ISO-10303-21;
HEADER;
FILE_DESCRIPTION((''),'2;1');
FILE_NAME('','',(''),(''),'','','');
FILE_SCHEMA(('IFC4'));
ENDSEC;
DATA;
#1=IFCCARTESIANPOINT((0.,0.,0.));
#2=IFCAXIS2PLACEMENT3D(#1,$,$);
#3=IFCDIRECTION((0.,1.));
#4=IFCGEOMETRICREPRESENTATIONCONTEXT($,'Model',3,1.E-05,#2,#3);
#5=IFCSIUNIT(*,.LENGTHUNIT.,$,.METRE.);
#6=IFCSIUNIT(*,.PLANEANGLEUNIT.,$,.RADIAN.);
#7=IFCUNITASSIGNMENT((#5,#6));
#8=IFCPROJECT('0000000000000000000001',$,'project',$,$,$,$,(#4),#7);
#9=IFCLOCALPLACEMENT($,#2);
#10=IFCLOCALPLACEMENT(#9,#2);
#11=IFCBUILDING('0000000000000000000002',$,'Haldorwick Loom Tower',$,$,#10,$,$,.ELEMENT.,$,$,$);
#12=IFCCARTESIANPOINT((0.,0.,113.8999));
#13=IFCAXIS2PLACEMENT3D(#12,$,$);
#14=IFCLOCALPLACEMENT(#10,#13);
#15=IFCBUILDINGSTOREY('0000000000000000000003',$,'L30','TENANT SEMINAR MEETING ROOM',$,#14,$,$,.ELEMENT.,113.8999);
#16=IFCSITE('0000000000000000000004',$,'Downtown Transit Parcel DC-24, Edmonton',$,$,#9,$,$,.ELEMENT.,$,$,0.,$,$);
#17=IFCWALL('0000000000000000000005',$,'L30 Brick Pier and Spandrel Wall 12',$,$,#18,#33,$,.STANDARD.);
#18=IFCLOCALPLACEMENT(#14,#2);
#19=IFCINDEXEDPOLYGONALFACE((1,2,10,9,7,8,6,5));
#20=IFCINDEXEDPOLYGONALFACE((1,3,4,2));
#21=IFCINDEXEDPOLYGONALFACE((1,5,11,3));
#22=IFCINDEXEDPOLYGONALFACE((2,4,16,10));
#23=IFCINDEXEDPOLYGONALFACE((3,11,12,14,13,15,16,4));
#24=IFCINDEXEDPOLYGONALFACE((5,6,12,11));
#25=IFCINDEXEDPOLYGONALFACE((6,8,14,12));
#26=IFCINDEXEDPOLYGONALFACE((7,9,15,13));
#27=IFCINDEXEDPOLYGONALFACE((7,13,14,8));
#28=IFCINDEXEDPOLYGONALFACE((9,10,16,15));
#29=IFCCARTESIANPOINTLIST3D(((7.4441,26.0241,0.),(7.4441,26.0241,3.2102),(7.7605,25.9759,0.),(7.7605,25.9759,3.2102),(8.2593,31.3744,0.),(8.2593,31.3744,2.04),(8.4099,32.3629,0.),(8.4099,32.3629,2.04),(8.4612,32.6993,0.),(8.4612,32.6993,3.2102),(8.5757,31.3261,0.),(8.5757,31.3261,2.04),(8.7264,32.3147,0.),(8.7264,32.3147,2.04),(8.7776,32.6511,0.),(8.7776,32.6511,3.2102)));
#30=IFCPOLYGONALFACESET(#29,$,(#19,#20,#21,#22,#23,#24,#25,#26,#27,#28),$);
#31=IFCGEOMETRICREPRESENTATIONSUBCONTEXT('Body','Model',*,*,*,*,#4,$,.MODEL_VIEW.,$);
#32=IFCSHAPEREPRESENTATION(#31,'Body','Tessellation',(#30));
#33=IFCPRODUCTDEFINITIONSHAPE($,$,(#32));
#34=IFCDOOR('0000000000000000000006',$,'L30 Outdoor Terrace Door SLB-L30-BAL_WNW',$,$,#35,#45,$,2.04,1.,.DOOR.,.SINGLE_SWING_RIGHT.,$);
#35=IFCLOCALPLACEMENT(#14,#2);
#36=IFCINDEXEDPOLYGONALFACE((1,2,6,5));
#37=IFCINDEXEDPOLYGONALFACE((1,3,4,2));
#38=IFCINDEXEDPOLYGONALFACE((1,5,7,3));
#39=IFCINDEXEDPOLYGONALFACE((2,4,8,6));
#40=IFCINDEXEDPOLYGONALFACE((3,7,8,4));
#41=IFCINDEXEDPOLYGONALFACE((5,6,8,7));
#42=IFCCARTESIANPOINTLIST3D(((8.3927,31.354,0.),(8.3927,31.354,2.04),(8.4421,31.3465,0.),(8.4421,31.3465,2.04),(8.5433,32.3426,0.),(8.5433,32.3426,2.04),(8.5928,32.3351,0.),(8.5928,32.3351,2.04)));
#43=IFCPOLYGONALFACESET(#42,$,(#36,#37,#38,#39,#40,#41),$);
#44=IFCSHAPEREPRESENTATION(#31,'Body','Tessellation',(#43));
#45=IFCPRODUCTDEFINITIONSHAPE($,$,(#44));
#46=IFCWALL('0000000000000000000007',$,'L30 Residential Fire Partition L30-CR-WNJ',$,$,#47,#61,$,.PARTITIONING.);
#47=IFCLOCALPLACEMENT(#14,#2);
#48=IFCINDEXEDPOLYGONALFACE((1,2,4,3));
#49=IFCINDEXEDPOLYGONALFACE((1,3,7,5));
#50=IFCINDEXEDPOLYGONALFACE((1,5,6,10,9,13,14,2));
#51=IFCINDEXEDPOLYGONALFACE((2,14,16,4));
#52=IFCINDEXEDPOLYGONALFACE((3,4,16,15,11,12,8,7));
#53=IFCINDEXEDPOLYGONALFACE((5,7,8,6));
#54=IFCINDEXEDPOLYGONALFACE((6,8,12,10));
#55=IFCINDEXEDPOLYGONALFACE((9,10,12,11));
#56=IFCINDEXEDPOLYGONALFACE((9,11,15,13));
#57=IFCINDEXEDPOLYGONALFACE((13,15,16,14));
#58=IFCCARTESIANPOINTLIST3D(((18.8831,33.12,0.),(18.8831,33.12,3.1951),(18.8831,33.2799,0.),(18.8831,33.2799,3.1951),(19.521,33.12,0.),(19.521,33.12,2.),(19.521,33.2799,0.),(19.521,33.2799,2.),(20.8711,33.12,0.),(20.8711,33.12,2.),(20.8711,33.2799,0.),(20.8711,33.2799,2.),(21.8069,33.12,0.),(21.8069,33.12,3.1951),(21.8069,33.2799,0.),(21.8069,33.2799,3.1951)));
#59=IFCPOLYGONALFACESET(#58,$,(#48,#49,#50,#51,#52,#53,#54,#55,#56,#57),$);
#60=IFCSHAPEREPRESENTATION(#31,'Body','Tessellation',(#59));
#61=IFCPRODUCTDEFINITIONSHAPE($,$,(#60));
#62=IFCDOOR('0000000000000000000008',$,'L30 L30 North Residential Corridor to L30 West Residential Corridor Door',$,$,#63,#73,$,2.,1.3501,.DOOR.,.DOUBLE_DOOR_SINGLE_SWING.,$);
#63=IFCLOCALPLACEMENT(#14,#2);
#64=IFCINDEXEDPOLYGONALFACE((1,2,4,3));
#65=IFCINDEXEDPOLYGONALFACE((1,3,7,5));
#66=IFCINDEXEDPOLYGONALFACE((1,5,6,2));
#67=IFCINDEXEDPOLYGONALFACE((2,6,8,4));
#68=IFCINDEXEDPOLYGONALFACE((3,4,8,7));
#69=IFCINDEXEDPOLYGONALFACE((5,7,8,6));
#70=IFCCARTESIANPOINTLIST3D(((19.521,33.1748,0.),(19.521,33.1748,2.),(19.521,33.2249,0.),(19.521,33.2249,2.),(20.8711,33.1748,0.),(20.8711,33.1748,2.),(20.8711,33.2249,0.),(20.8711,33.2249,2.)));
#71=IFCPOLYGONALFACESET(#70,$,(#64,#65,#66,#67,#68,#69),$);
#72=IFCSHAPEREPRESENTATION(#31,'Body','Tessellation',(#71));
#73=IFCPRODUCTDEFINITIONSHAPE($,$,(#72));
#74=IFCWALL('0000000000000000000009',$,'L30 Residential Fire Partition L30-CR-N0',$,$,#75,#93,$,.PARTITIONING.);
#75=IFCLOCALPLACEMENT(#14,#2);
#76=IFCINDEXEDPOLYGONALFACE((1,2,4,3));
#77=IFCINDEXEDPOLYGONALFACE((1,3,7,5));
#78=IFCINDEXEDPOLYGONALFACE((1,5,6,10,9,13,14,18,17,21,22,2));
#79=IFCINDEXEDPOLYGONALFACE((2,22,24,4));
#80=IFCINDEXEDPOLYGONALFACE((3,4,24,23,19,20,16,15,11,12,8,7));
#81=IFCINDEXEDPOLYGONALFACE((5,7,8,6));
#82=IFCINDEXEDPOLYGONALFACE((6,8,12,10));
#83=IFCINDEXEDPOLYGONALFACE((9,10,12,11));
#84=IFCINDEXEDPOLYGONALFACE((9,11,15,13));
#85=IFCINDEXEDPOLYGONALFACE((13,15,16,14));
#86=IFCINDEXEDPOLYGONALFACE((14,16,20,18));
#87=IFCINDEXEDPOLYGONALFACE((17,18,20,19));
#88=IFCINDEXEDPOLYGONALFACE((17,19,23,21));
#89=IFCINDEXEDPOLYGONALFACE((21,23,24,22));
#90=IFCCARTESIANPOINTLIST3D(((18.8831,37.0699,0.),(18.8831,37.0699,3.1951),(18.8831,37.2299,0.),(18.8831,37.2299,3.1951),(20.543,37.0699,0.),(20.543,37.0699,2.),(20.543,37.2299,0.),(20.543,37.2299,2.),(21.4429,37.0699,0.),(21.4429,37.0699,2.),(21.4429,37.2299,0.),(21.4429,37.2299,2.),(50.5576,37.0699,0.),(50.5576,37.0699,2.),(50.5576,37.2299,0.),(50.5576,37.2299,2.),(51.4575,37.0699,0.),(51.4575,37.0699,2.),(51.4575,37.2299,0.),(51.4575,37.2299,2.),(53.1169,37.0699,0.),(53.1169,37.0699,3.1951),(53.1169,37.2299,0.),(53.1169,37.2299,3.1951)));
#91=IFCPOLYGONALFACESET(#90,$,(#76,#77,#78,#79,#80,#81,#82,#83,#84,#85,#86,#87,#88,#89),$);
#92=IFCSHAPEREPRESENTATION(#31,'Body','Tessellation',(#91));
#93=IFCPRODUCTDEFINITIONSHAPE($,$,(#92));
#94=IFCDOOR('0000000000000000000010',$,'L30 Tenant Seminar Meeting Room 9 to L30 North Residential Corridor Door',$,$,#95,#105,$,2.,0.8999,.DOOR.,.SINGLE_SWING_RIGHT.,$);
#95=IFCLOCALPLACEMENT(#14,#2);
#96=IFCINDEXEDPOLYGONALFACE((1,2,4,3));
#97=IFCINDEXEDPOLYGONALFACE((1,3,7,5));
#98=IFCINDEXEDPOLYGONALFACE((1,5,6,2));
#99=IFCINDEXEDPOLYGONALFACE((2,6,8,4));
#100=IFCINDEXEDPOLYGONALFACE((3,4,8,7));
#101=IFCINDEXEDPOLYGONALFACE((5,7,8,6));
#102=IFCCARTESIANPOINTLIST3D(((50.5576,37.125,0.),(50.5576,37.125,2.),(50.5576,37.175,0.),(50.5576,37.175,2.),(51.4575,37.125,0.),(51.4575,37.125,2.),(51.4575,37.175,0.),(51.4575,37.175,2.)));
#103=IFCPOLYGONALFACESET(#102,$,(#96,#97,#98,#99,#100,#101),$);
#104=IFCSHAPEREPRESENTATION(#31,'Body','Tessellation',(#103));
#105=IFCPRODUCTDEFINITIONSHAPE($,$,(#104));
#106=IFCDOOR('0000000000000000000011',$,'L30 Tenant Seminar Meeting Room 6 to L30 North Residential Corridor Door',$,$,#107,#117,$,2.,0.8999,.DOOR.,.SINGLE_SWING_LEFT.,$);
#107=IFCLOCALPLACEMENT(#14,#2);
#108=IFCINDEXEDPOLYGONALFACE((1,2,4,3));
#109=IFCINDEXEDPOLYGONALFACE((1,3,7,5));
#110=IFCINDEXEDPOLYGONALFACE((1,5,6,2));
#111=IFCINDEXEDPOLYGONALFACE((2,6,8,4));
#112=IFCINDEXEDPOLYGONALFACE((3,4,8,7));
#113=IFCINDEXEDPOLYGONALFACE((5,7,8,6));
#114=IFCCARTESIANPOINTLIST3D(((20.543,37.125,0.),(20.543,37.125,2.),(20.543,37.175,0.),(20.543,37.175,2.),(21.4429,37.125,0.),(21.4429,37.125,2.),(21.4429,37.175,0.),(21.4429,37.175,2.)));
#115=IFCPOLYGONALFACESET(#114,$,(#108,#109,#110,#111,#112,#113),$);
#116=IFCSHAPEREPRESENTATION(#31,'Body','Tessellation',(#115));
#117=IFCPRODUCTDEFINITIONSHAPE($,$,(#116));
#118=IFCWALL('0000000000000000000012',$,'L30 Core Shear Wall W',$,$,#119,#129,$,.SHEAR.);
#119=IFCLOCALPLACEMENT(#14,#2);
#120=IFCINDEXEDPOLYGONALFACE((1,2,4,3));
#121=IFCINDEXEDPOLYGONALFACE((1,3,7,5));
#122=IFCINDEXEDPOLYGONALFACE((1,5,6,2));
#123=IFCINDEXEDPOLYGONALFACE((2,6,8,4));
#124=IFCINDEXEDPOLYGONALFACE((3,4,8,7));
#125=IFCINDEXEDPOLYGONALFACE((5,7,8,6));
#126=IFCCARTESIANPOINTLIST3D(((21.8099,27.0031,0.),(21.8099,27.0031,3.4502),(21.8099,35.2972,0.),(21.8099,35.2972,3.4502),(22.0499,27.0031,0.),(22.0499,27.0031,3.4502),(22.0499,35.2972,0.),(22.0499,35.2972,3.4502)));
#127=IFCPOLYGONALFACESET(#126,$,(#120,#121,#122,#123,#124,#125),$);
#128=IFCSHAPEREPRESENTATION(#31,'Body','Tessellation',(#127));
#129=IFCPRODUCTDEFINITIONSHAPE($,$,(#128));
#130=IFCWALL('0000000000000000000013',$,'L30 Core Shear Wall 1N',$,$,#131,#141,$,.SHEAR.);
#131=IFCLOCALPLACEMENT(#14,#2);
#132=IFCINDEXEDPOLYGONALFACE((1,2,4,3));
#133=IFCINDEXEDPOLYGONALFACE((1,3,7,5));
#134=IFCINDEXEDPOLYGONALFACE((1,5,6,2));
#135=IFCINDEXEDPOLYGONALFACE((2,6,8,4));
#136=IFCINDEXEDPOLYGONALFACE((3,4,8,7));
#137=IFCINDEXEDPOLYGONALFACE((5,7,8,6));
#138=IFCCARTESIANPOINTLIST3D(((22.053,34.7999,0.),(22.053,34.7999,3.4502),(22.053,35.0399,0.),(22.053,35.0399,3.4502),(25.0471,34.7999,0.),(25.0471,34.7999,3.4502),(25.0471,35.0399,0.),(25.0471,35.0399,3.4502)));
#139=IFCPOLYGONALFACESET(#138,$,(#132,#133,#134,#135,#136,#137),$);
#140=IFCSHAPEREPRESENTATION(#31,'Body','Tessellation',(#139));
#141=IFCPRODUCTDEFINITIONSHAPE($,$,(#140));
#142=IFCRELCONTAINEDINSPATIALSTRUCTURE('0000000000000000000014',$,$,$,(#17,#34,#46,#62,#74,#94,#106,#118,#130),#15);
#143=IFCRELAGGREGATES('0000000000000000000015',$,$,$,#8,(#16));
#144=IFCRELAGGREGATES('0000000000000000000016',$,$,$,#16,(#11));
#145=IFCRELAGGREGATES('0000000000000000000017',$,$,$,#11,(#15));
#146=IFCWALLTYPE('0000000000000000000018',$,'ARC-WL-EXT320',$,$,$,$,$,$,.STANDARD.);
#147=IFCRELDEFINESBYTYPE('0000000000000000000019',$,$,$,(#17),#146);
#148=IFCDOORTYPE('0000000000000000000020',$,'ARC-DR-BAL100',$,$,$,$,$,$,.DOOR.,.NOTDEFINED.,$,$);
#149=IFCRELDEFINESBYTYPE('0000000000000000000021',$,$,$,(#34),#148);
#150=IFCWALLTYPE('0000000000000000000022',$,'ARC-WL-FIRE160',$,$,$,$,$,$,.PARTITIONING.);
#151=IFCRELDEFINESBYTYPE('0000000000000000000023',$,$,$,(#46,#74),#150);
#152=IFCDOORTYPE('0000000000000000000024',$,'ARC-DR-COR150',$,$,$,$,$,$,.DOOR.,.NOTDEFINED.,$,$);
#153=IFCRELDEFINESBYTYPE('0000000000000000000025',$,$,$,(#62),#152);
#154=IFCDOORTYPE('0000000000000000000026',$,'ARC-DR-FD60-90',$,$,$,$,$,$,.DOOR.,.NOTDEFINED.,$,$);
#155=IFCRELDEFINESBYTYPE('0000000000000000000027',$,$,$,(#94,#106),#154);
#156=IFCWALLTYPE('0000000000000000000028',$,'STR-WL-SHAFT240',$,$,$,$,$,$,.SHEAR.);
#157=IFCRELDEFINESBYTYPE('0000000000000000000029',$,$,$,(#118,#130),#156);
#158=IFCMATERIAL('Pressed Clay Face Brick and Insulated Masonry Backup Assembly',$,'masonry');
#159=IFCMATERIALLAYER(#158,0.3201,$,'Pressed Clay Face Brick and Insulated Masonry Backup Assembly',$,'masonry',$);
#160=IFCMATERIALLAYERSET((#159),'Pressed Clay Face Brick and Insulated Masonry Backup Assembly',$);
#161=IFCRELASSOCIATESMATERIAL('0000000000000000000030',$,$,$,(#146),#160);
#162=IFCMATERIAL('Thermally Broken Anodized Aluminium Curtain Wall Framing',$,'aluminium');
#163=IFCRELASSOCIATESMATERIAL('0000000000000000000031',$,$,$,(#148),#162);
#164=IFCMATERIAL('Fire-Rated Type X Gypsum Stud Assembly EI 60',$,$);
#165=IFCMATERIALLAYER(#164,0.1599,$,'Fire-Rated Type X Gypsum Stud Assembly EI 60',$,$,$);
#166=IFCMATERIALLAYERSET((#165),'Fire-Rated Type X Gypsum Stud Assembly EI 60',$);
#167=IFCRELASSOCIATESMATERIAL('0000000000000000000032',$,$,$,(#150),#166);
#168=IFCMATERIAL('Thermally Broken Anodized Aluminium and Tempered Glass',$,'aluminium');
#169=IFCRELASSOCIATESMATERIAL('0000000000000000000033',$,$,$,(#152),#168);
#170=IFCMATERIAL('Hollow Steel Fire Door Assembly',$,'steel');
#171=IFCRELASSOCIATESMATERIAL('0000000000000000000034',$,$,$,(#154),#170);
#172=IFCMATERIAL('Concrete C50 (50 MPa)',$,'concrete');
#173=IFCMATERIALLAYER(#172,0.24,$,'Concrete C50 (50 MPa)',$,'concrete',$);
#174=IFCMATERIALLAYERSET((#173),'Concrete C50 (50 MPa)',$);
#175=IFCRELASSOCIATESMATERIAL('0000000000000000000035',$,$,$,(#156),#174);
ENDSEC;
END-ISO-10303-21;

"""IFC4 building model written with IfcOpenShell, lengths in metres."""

from ifc_helpers import new_model, si_unit, direction, frame, frame_2d, origin, place, context, subcontext, project, spatial, rectangle, extrude, material, layer, layer_set, type_object, element, fill, save


model = new_model("IFC4")

# Units and contexts
model_context = context("Model", 3, precision=1e-05, world=origin(), true_north=direction((0.0, 1.0)))
body_context = subcontext(model_context, "Body", "Model", "MODEL_VIEW")
ifc_project = project(units=[si_unit("LENGTHUNIT", "METRE"), si_unit("PLANEANGLEUNIT", "RADIAN")], contexts=[model_context])

# Site, building, storey
site_placement = place(None, origin())
site = spatial("IfcSite", under=ifc_project, at=site_placement, Name="Downtown Transit Parcel DC-24, Edmonton", CompositionType="ELEMENT", RefElevation=0.0)
building_placement = place(site_placement, origin())
building = spatial("IfcBuilding", under=site, at=building_placement, Name="Haldorwick Loom Tower", CompositionType="ELEMENT")
storey_placement = place(building_placement, frame((0.0, 0.0, 113.8999)))
storey = spatial("IfcBuildingStorey", under=building, at=storey_placement, Name="L30", Description="TENANT SEMINAR MEETING ROOM", CompositionType="ELEMENT", Elevation=113.8999)

# Shared definitions
ifc_material_1 = material(Name="Pressed Clay Face Brick and Insulated Masonry Backup Assembly", Category="masonry")
ifc_layer_1 = layer(ifc_material_1, 0.3201, Name="Pressed Clay Face Brick and Insulated Masonry Backup Assembly", Category="masonry")
ifc_layer_set_1 = layer_set([ifc_layer_1], Name="Pressed Clay Face Brick and Insulated Masonry Backup Assembly")
wall_type_1 = type_object("IfcWallType", Name="ARC-WL-EXT320", PredefinedType="STANDARD", material=ifc_layer_set_1)

# Walls, openings, doors
wall_1_placement = place(storey_placement, frame((8.6194, 32.675, 0.0), z_axis=(0.0, 0.0, 1.0), x_axis=(-0.150633, -0.98859, 0.0)))
wall_1 = element("IfcWall", 1, at=wall_1_placement, inside=storey, type_object=wall_type_1, Name="L30 Brick Pier and Spandrel Wall 12", PredefinedType="STANDARD", context=body_context, shape_type="SweptSolid", body=[
    extrude(rectangle(XDim=6.7522, YDim=0.3201, at=frame_2d((3.376, 0.0))), origin(), (0.0, 0.0, 1.0), 3.2102),
])
opening_1_placement = place(wall_1_placement, frame((0.3401, 0.0, 0.0)))
opening_1 = element("IfcOpeningElement", 2, at=opening_1_placement, cuts=wall_1, PredefinedType="OPENING", context=body_context, shape_type="SweptSolid", body=[
    extrude(rectangle(XDim=1.0, YDim=2.04, at=frame_2d((0.5, 1.02))), frame((0.0, 0.1699, 0.0), z_axis=(0.0, -1.0, 0.0), x_axis=(1.0, 0.0, 0.0)), (0.0, 0.0, 1.0), 0.3401),
])
ifc_material_2 = material(Name="Thermally Broken Anodized Aluminium Curtain Wall Framing", Category="aluminium")
door_type_1 = type_object("IfcDoorType", Name="ARC-DR-BAL100", OperationType="NOTDEFINED", PredefinedType="DOOR", material=ifc_material_2)
door_1_placement = place(opening_1_placement, origin())
door_1 = element("IfcDoor", 3, at=door_1_placement, inside=storey, type_object=door_type_1, Name="L30 Outdoor Terrace Door SLB-L30-BAL_WNW", OperationType="SINGLE_SWING_RIGHT", OverallHeight=2.04, OverallWidth=1.0, PredefinedType="DOOR", context=body_context, shape_type="SweptSolid", body=[
    extrude(rectangle(XDim=1.0, YDim=2.04, at=frame_2d((0.5, 1.02))), frame((0.0, 0.0249, 0.0), z_axis=(0.0, -1.0, 0.0), x_axis=(1.0, 0.0, 0.0)), (0.0, 0.0, 1.0), 0.05),
])
fill(opening_1, door_1)
ifc_material_3 = material(Name="Fire-Rated Type X Gypsum Stud Assembly EI 60")
ifc_layer_2 = layer(ifc_material_3, 0.1599, Name="Fire-Rated Type X Gypsum Stud Assembly EI 60")
ifc_layer_set_2 = layer_set([ifc_layer_2], Name="Fire-Rated Type X Gypsum Stud Assembly EI 60")
wall_type_2 = type_object("IfcWallType", Name="ARC-WL-FIRE160", PredefinedType="PARTITIONING", material=ifc_layer_set_2)
wall_2_placement = place(storey_placement, frame((18.8831, 33.2, 0.0), z_axis=(0.0, 0.0, 1.0), x_axis=(1.0, 0.0, 0.0)))
wall_2 = element("IfcWall", 4, at=wall_2_placement, inside=storey, type_object=wall_type_2, Name="L30 Residential Fire Partition L30-CR-WNJ", PredefinedType="PARTITIONING", context=body_context, shape_type="SweptSolid", body=[
    extrude(rectangle(XDim=2.9238, YDim=0.1599, at=frame_2d((1.4619, 0.0))), origin(), (0.0, 0.0, 1.0), 3.1951),
])
opening_2_placement = place(wall_2_placement, frame((0.6379, 0.0, 0.0)))
opening_2 = element("IfcOpeningElement", 5, at=opening_2_placement, cuts=wall_2, PredefinedType="OPENING", context=body_context, shape_type="SweptSolid", body=[
    extrude(rectangle(XDim=1.3501, YDim=2.0, at=frame_2d((0.675, 1.0))), frame((0.0, 0.0898, 0.0), z_axis=(0.0, -1.0, 0.0), x_axis=(1.0, 0.0, 0.0)), (0.0, 0.0, 1.0), 0.1799),
])
ifc_material_4 = material(Name="Thermally Broken Anodized Aluminium and Tempered Glass", Category="aluminium")
door_type_2 = type_object("IfcDoorType", Name="ARC-DR-COR150", OperationType="NOTDEFINED", PredefinedType="DOOR", material=ifc_material_4)
door_2_placement = place(opening_2_placement, origin())
door_2 = element("IfcDoor", 6, at=door_2_placement, inside=storey, type_object=door_type_2, Name="L30 L30 North Residential Corridor to L30 West Residential Corridor Door", OperationType="DOUBLE_DOOR_SINGLE_SWING", OverallHeight=2.0, OverallWidth=1.3501, PredefinedType="DOOR", context=body_context, shape_type="SweptSolid", body=[
    extrude(rectangle(XDim=1.3501, YDim=2.0, at=frame_2d((0.675, 1.0))), frame((0.0, 0.0249, 0.0), z_axis=(0.0, -1.0, 0.0), x_axis=(1.0, 0.0, 0.0)), (0.0, 0.0, 1.0), 0.05),
])
fill(opening_2, door_2)

# Wall, openings, doors
wall_3_placement = place(storey_placement, frame((18.8831, 37.1499, 0.0), z_axis=(0.0, 0.0, 1.0), x_axis=(1.0, 0.0, 0.0)))
wall_3 = element("IfcWall", 7, at=wall_3_placement, inside=storey, type_object=wall_type_2, Name="L30 Residential Fire Partition L30-CR-N0", PredefinedType="PARTITIONING", context=body_context, shape_type="SweptSolid", body=[
    extrude(rectangle(XDim=34.2339, YDim=0.1599, at=frame_2d((17.1169, 0.0))), origin(), (0.0, 0.0, 1.0), 3.1951),
])
opening_3_placement = place(wall_3_placement, frame((31.6746, 0.0, 0.0)))
opening_3 = element("IfcOpeningElement", 8, at=opening_3_placement, cuts=wall_3, PredefinedType="OPENING", context=body_context, shape_type="SweptSolid", body=[
    extrude(rectangle(XDim=0.8999, YDim=2.0, at=frame_2d((0.45, 1.0))), frame((0.0, 0.0898, 0.0), z_axis=(0.0, -1.0, 0.0), x_axis=(1.0, 0.0, 0.0)), (0.0, 0.0, 1.0), 0.1799),
])
opening_4_placement = place(wall_3_placement, frame((1.6599, 0.0, 0.0)))
opening_4 = element("IfcOpeningElement", 9, at=opening_4_placement, cuts=wall_3, PredefinedType="OPENING", context=body_context, shape_type="SweptSolid", body=[
    extrude(rectangle(XDim=0.8999, YDim=2.0, at=frame_2d((0.45, 1.0))), frame((0.0, 0.0898, 0.0), z_axis=(0.0, -1.0, 0.0), x_axis=(1.0, 0.0, 0.0)), (0.0, 0.0, 1.0), 0.1799),
])
ifc_material_5 = material(Name="Hollow Steel Fire Door Assembly", Category="steel")
door_type_3 = type_object("IfcDoorType", Name="ARC-DR-FD60-90", OperationType="NOTDEFINED", PredefinedType="DOOR", material=ifc_material_5)
door_3_placement = place(opening_3_placement, frame((0.8999, 0.0, 0.0), z_axis=(0.0, 0.0, 1.0), x_axis=(-1.0, 0.0, 0.0)))
door_3 = element("IfcDoor", 10, at=door_3_placement, inside=storey, type_object=door_type_3, Name="L30 Tenant Seminar Meeting Room 9 to L30 North Residential Corridor Door", OperationType="SINGLE_SWING_RIGHT", OverallHeight=2.0, OverallWidth=0.8999, PredefinedType="DOOR", context=body_context, shape_type="SweptSolid", body=[
    extrude(rectangle(XDim=0.8999, YDim=2.0, at=frame_2d((0.45, 1.0))), frame((0.0, 0.0249, 0.0), z_axis=(0.0, -1.0, 0.0), x_axis=(1.0, 0.0, 0.0)), (0.0, 0.0, 1.0), 0.05),
])
fill(opening_3, door_3)
door_4_placement = place(opening_4_placement, frame((0.8999, 0.0, 0.0), z_axis=(0.0, 0.0, 1.0), x_axis=(-1.0, 0.0, 0.0)))
door_4 = element("IfcDoor", 11, at=door_4_placement, inside=storey, type_object=door_type_3, Name="L30 Tenant Seminar Meeting Room 6 to L30 North Residential Corridor Door", OperationType="SINGLE_SWING_LEFT", OverallHeight=2.0, OverallWidth=0.8999, PredefinedType="DOOR", context=body_context, shape_type="SweptSolid", body=[
    extrude(rectangle(XDim=0.8999, YDim=2.0, at=frame_2d((0.45, 1.0))), frame((0.0, 0.0249, 0.0), z_axis=(0.0, -1.0, 0.0), x_axis=(1.0, 0.0, 0.0)), (0.0, 0.0, 1.0), 0.05),
])
fill(opening_4, door_4)

# Walls
ifc_material_6 = material(Name="Concrete C50 (50 MPa)", Category="concrete")
ifc_layer_3 = layer(ifc_material_6, 0.24, Name="Concrete C50 (50 MPa)", Category="concrete")
ifc_layer_set_3 = layer_set([ifc_layer_3], Name="Concrete C50 (50 MPa)")
wall_type_3 = type_object("IfcWallType", Name="STR-WL-SHAFT240", PredefinedType="SHEAR", material=ifc_layer_set_3)
wall_4_placement = place(storey_placement, frame((21.9299, 35.2971, 0.0), z_axis=(0.0, 0.0, 1.0), x_axis=(0.0, -1.0, 0.0)))
element("IfcWall", 12, at=wall_4_placement, inside=storey, type_object=wall_type_3, Name="L30 Core Shear Wall W", PredefinedType="SHEAR", context=body_context, shape_type="SweptSolid", body=[
    extrude(rectangle(XDim=8.2942, YDim=0.24, at=frame_2d((4.147, 0.0))), origin(), (0.0, 0.0, 1.0), 3.4502),
])
wall_5_placement = place(storey_placement, frame((22.053, 34.9199, 0.0), z_axis=(0.0, 0.0, 1.0), x_axis=(1.0, 0.0, 0.0)))
element("IfcWall", 13, at=wall_5_placement, inside=storey, type_object=wall_type_3, Name="L30 Core Shear Wall 1N", PredefinedType="SHEAR", context=body_context, shape_type="SweptSolid", body=[
    extrude(rectangle(XDim=2.9941, YDim=0.24, at=frame_2d((1.4971, 0.0))), origin(), (0.0, 0.0, 1.0), 3.4502),
])

save(model, "model.ifc")
